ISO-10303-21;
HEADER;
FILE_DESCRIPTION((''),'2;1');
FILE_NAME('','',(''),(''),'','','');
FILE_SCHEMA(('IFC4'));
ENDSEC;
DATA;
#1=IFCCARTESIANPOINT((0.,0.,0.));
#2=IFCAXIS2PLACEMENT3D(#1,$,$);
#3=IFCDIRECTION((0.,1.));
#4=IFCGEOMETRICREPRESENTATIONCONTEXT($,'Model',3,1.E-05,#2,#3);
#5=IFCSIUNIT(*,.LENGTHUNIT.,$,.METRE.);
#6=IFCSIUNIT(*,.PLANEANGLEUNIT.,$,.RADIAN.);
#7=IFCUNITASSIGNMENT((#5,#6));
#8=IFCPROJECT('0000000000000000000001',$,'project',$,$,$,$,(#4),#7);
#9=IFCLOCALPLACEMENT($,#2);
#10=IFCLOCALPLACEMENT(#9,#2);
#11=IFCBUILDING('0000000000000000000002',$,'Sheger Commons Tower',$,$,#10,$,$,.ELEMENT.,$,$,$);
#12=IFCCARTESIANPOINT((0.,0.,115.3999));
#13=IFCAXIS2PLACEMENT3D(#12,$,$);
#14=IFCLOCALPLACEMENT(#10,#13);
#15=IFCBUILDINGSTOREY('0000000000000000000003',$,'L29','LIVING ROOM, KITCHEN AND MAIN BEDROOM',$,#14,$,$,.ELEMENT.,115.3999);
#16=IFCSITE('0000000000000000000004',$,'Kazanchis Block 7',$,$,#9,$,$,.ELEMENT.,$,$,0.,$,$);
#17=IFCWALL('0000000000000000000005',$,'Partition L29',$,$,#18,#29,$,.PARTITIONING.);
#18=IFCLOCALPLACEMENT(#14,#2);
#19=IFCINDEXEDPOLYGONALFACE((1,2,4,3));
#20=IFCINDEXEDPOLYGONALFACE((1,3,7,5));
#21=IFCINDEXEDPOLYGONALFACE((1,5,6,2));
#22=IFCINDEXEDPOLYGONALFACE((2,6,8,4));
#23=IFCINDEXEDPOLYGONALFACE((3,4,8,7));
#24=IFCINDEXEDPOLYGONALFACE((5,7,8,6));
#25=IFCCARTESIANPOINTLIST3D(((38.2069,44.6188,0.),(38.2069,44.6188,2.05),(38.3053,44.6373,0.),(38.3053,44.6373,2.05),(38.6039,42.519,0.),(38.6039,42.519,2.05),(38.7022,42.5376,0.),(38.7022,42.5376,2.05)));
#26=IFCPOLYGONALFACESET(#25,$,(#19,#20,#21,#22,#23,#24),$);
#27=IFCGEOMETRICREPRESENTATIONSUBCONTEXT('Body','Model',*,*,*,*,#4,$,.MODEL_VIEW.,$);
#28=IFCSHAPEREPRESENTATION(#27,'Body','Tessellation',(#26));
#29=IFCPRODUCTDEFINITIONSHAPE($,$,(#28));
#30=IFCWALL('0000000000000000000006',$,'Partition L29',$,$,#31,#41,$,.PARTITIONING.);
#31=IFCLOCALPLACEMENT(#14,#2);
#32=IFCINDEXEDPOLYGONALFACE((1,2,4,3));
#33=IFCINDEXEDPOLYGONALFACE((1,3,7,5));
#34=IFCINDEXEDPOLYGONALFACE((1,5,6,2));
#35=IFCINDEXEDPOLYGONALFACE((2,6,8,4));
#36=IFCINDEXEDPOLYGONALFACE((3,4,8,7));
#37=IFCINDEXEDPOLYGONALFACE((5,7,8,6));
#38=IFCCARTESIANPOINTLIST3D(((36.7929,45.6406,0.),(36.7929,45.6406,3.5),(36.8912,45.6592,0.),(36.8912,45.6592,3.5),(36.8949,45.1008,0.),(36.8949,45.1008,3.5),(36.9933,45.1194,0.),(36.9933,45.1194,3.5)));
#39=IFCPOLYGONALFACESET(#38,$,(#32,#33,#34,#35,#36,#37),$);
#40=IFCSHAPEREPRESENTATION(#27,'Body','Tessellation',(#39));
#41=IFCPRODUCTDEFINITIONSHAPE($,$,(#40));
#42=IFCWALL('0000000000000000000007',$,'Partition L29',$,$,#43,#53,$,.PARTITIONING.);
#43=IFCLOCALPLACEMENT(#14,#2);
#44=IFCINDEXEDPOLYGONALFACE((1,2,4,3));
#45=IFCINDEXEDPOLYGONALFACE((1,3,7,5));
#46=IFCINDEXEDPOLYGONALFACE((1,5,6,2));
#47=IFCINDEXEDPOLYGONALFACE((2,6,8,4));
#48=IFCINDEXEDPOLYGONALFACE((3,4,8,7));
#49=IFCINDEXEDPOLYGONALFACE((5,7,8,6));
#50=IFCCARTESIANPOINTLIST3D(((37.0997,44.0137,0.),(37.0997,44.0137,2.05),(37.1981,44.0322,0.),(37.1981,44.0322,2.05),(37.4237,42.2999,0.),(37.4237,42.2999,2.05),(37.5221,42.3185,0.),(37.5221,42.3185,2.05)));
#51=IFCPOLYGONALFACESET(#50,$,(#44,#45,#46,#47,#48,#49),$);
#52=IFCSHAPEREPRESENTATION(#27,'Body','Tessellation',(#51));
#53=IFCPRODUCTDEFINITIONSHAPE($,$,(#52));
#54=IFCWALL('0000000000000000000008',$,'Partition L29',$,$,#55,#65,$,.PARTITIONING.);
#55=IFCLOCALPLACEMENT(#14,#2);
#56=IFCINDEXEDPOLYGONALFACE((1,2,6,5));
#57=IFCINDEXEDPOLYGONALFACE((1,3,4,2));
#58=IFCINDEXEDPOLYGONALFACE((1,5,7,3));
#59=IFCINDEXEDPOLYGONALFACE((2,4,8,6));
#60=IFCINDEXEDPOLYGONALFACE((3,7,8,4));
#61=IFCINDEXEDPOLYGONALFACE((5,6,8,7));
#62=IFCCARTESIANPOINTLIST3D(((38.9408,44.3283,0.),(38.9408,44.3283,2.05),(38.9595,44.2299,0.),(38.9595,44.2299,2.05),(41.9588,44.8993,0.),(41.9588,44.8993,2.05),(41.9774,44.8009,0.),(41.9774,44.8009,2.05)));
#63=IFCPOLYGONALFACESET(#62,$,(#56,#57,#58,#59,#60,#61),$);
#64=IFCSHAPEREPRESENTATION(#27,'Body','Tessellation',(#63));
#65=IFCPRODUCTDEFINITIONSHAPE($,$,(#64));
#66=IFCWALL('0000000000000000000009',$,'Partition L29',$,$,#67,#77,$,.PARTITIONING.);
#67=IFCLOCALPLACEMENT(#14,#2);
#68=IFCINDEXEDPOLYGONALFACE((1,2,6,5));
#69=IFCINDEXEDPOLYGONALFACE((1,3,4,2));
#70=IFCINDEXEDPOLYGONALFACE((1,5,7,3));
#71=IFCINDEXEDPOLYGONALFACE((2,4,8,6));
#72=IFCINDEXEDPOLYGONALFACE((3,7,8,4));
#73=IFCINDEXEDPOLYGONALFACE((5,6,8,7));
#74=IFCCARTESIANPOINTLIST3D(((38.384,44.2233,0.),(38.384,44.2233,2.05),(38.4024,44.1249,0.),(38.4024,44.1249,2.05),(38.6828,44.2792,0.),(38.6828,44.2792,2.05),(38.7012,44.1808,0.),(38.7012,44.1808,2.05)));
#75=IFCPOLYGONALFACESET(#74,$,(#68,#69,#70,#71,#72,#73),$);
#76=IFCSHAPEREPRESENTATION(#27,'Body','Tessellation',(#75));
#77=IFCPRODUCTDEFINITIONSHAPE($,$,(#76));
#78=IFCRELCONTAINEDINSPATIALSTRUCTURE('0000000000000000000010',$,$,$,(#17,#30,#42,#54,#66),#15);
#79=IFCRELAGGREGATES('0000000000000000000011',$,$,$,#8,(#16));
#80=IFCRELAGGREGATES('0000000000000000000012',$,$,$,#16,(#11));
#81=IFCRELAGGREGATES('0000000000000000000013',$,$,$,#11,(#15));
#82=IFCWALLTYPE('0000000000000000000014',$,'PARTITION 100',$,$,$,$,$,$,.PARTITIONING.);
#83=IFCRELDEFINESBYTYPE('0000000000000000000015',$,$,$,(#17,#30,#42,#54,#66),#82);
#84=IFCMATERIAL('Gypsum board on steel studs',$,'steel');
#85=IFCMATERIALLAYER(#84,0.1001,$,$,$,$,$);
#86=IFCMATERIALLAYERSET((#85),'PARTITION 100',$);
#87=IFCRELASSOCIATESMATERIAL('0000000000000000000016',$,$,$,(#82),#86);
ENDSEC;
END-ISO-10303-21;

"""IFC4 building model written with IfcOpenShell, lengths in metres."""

from ifc_helpers import new_model, si_unit, direction, frame, frame_2d, origin, place, context, subcontext, project, spatial, rectangle, extrude, material, layer, layer_set, type_object, element, save


model = new_model("IFC4")

# Units and contexts
model_context = context("Model", 3, precision=1e-05, world=origin(), true_north=direction((0.0, 1.0)))
body_context = subcontext(model_context, "Body", "Model", "MODEL_VIEW")
ifc_project = project(units=[si_unit("LENGTHUNIT", "METRE"), si_unit("PLANEANGLEUNIT", "RADIAN")], contexts=[model_context])

# Site, building, storey
site_placement = place(None, origin())
site = spatial("IfcSite", under=ifc_project, at=site_placement, Name="Kazanchis Block 7", CompositionType="ELEMENT", RefElevation=0.0)
building_placement = place(site_placement, origin())
building = spatial("IfcBuilding", under=site, at=building_placement, Name="Sheger Commons Tower", CompositionType="ELEMENT")
storey_placement = place(building_placement, frame((0.0, 0.0, 115.3999)))
storey = spatial("IfcBuildingStorey", under=building, at=storey_placement, Name="L29", Description="LIVING ROOM, KITCHEN AND MAIN BEDROOM", CompositionType="ELEMENT", Elevation=115.3999)

# Walls
ifc_material_1 = material(Name="Gypsum board on steel studs", Category="steel")
ifc_layer_1 = layer(ifc_material_1, 0.1001)
ifc_layer_set_1 = layer_set([ifc_layer_1], Name="PARTITION 100")
wall_type_1 = type_object("IfcWallType", Name="PARTITION 100", PredefinedType="PARTITIONING", material=ifc_layer_set_1)
wall_1_placement = place(storey_placement, frame((38.2561, 44.6279, 0.0), z_axis=(0.0, 0.0, 1.0), x_axis=(0.185758, -0.982596, 0.0)))
element("IfcWall", 1, at=wall_1_placement, inside=storey, type_object=wall_type_1, Name="Partition L29", PredefinedType="PARTITIONING", context=body_context, shape_type="SweptSolid", body=[
    extrude(rectangle(XDim=2.137, YDim=0.1001, at=frame_2d((1.0684, 0.0))), origin(), (0.0, 0.0, 1.0), 2.05),
])
wall_2_placement = place(storey_placement, frame((36.842, 45.6499, 0.0), z_axis=(0.0, 0.0, 1.0), x_axis=(0.185764, -0.982594, 0.0)))
element("IfcWall", 2, at=wall_2_placement, inside=storey, type_object=wall_type_1, Name="Partition L29", PredefinedType="PARTITIONING", context=body_context, shape_type="SweptSolid", body=[
    extrude(rectangle(XDim=0.5493, YDim=0.1001, at=frame_2d((0.2747, 0.0))), origin(), (0.0, 0.0, 1.0), 3.5),
])
wall_3_placement = place(storey_placement, frame((37.1489, 44.0229, 0.0), z_axis=(0.0, 0.0, 1.0), x_axis=(0.185742, -0.982599, 0.0)))
element("IfcWall", 3, at=wall_3_placement, inside=storey, type_object=wall_type_1, Name="Partition L29", PredefinedType="PARTITIONING", context=body_context, shape_type="SweptSolid", body=[
    extrude(rectangle(XDim=1.7441, YDim=0.1001, at=frame_2d((0.8721, 0.0))), origin(), (0.0, 0.0, 1.0), 2.05),
])
wall_4_placement = place(storey_placement, frame((41.968, 44.8501, 0.0), z_axis=(0.0, 0.0, 1.0), x_axis=(-0.982567, -0.18591, 0.0)))
element("IfcWall", 4, at=wall_4_placement, inside=storey, type_object=wall_type_1, Name="Partition L29", PredefinedType="PARTITIONING", context=body_context, shape_type="SweptSolid", body=[
    extrude(rectangle(XDim=3.0715, YDim=0.1001, at=frame_2d((1.5356, 0.0))), origin(), (0.0, 0.0, 1.0), 2.05),
])
wall_5_placement = place(storey_placement, frame((38.6919, 44.23, 0.0), z_axis=(0.0, 0.0, 1.0), x_axis=(-0.982945, -0.183901, 0.0)))
element("IfcWall", 5, at=wall_5_placement, inside=storey, type_object=wall_type_1, Name="Partition L29", PredefinedType="PARTITIONING", context=body_context, shape_type="SweptSolid", body=[
    extrude(rectangle(XDim=0.304, YDim=0.1001, at=frame_2d((0.1519, 0.0))), origin(), (0.0, 0.0, 1.0), 2.05),
])

save(model, "model.ifc")
